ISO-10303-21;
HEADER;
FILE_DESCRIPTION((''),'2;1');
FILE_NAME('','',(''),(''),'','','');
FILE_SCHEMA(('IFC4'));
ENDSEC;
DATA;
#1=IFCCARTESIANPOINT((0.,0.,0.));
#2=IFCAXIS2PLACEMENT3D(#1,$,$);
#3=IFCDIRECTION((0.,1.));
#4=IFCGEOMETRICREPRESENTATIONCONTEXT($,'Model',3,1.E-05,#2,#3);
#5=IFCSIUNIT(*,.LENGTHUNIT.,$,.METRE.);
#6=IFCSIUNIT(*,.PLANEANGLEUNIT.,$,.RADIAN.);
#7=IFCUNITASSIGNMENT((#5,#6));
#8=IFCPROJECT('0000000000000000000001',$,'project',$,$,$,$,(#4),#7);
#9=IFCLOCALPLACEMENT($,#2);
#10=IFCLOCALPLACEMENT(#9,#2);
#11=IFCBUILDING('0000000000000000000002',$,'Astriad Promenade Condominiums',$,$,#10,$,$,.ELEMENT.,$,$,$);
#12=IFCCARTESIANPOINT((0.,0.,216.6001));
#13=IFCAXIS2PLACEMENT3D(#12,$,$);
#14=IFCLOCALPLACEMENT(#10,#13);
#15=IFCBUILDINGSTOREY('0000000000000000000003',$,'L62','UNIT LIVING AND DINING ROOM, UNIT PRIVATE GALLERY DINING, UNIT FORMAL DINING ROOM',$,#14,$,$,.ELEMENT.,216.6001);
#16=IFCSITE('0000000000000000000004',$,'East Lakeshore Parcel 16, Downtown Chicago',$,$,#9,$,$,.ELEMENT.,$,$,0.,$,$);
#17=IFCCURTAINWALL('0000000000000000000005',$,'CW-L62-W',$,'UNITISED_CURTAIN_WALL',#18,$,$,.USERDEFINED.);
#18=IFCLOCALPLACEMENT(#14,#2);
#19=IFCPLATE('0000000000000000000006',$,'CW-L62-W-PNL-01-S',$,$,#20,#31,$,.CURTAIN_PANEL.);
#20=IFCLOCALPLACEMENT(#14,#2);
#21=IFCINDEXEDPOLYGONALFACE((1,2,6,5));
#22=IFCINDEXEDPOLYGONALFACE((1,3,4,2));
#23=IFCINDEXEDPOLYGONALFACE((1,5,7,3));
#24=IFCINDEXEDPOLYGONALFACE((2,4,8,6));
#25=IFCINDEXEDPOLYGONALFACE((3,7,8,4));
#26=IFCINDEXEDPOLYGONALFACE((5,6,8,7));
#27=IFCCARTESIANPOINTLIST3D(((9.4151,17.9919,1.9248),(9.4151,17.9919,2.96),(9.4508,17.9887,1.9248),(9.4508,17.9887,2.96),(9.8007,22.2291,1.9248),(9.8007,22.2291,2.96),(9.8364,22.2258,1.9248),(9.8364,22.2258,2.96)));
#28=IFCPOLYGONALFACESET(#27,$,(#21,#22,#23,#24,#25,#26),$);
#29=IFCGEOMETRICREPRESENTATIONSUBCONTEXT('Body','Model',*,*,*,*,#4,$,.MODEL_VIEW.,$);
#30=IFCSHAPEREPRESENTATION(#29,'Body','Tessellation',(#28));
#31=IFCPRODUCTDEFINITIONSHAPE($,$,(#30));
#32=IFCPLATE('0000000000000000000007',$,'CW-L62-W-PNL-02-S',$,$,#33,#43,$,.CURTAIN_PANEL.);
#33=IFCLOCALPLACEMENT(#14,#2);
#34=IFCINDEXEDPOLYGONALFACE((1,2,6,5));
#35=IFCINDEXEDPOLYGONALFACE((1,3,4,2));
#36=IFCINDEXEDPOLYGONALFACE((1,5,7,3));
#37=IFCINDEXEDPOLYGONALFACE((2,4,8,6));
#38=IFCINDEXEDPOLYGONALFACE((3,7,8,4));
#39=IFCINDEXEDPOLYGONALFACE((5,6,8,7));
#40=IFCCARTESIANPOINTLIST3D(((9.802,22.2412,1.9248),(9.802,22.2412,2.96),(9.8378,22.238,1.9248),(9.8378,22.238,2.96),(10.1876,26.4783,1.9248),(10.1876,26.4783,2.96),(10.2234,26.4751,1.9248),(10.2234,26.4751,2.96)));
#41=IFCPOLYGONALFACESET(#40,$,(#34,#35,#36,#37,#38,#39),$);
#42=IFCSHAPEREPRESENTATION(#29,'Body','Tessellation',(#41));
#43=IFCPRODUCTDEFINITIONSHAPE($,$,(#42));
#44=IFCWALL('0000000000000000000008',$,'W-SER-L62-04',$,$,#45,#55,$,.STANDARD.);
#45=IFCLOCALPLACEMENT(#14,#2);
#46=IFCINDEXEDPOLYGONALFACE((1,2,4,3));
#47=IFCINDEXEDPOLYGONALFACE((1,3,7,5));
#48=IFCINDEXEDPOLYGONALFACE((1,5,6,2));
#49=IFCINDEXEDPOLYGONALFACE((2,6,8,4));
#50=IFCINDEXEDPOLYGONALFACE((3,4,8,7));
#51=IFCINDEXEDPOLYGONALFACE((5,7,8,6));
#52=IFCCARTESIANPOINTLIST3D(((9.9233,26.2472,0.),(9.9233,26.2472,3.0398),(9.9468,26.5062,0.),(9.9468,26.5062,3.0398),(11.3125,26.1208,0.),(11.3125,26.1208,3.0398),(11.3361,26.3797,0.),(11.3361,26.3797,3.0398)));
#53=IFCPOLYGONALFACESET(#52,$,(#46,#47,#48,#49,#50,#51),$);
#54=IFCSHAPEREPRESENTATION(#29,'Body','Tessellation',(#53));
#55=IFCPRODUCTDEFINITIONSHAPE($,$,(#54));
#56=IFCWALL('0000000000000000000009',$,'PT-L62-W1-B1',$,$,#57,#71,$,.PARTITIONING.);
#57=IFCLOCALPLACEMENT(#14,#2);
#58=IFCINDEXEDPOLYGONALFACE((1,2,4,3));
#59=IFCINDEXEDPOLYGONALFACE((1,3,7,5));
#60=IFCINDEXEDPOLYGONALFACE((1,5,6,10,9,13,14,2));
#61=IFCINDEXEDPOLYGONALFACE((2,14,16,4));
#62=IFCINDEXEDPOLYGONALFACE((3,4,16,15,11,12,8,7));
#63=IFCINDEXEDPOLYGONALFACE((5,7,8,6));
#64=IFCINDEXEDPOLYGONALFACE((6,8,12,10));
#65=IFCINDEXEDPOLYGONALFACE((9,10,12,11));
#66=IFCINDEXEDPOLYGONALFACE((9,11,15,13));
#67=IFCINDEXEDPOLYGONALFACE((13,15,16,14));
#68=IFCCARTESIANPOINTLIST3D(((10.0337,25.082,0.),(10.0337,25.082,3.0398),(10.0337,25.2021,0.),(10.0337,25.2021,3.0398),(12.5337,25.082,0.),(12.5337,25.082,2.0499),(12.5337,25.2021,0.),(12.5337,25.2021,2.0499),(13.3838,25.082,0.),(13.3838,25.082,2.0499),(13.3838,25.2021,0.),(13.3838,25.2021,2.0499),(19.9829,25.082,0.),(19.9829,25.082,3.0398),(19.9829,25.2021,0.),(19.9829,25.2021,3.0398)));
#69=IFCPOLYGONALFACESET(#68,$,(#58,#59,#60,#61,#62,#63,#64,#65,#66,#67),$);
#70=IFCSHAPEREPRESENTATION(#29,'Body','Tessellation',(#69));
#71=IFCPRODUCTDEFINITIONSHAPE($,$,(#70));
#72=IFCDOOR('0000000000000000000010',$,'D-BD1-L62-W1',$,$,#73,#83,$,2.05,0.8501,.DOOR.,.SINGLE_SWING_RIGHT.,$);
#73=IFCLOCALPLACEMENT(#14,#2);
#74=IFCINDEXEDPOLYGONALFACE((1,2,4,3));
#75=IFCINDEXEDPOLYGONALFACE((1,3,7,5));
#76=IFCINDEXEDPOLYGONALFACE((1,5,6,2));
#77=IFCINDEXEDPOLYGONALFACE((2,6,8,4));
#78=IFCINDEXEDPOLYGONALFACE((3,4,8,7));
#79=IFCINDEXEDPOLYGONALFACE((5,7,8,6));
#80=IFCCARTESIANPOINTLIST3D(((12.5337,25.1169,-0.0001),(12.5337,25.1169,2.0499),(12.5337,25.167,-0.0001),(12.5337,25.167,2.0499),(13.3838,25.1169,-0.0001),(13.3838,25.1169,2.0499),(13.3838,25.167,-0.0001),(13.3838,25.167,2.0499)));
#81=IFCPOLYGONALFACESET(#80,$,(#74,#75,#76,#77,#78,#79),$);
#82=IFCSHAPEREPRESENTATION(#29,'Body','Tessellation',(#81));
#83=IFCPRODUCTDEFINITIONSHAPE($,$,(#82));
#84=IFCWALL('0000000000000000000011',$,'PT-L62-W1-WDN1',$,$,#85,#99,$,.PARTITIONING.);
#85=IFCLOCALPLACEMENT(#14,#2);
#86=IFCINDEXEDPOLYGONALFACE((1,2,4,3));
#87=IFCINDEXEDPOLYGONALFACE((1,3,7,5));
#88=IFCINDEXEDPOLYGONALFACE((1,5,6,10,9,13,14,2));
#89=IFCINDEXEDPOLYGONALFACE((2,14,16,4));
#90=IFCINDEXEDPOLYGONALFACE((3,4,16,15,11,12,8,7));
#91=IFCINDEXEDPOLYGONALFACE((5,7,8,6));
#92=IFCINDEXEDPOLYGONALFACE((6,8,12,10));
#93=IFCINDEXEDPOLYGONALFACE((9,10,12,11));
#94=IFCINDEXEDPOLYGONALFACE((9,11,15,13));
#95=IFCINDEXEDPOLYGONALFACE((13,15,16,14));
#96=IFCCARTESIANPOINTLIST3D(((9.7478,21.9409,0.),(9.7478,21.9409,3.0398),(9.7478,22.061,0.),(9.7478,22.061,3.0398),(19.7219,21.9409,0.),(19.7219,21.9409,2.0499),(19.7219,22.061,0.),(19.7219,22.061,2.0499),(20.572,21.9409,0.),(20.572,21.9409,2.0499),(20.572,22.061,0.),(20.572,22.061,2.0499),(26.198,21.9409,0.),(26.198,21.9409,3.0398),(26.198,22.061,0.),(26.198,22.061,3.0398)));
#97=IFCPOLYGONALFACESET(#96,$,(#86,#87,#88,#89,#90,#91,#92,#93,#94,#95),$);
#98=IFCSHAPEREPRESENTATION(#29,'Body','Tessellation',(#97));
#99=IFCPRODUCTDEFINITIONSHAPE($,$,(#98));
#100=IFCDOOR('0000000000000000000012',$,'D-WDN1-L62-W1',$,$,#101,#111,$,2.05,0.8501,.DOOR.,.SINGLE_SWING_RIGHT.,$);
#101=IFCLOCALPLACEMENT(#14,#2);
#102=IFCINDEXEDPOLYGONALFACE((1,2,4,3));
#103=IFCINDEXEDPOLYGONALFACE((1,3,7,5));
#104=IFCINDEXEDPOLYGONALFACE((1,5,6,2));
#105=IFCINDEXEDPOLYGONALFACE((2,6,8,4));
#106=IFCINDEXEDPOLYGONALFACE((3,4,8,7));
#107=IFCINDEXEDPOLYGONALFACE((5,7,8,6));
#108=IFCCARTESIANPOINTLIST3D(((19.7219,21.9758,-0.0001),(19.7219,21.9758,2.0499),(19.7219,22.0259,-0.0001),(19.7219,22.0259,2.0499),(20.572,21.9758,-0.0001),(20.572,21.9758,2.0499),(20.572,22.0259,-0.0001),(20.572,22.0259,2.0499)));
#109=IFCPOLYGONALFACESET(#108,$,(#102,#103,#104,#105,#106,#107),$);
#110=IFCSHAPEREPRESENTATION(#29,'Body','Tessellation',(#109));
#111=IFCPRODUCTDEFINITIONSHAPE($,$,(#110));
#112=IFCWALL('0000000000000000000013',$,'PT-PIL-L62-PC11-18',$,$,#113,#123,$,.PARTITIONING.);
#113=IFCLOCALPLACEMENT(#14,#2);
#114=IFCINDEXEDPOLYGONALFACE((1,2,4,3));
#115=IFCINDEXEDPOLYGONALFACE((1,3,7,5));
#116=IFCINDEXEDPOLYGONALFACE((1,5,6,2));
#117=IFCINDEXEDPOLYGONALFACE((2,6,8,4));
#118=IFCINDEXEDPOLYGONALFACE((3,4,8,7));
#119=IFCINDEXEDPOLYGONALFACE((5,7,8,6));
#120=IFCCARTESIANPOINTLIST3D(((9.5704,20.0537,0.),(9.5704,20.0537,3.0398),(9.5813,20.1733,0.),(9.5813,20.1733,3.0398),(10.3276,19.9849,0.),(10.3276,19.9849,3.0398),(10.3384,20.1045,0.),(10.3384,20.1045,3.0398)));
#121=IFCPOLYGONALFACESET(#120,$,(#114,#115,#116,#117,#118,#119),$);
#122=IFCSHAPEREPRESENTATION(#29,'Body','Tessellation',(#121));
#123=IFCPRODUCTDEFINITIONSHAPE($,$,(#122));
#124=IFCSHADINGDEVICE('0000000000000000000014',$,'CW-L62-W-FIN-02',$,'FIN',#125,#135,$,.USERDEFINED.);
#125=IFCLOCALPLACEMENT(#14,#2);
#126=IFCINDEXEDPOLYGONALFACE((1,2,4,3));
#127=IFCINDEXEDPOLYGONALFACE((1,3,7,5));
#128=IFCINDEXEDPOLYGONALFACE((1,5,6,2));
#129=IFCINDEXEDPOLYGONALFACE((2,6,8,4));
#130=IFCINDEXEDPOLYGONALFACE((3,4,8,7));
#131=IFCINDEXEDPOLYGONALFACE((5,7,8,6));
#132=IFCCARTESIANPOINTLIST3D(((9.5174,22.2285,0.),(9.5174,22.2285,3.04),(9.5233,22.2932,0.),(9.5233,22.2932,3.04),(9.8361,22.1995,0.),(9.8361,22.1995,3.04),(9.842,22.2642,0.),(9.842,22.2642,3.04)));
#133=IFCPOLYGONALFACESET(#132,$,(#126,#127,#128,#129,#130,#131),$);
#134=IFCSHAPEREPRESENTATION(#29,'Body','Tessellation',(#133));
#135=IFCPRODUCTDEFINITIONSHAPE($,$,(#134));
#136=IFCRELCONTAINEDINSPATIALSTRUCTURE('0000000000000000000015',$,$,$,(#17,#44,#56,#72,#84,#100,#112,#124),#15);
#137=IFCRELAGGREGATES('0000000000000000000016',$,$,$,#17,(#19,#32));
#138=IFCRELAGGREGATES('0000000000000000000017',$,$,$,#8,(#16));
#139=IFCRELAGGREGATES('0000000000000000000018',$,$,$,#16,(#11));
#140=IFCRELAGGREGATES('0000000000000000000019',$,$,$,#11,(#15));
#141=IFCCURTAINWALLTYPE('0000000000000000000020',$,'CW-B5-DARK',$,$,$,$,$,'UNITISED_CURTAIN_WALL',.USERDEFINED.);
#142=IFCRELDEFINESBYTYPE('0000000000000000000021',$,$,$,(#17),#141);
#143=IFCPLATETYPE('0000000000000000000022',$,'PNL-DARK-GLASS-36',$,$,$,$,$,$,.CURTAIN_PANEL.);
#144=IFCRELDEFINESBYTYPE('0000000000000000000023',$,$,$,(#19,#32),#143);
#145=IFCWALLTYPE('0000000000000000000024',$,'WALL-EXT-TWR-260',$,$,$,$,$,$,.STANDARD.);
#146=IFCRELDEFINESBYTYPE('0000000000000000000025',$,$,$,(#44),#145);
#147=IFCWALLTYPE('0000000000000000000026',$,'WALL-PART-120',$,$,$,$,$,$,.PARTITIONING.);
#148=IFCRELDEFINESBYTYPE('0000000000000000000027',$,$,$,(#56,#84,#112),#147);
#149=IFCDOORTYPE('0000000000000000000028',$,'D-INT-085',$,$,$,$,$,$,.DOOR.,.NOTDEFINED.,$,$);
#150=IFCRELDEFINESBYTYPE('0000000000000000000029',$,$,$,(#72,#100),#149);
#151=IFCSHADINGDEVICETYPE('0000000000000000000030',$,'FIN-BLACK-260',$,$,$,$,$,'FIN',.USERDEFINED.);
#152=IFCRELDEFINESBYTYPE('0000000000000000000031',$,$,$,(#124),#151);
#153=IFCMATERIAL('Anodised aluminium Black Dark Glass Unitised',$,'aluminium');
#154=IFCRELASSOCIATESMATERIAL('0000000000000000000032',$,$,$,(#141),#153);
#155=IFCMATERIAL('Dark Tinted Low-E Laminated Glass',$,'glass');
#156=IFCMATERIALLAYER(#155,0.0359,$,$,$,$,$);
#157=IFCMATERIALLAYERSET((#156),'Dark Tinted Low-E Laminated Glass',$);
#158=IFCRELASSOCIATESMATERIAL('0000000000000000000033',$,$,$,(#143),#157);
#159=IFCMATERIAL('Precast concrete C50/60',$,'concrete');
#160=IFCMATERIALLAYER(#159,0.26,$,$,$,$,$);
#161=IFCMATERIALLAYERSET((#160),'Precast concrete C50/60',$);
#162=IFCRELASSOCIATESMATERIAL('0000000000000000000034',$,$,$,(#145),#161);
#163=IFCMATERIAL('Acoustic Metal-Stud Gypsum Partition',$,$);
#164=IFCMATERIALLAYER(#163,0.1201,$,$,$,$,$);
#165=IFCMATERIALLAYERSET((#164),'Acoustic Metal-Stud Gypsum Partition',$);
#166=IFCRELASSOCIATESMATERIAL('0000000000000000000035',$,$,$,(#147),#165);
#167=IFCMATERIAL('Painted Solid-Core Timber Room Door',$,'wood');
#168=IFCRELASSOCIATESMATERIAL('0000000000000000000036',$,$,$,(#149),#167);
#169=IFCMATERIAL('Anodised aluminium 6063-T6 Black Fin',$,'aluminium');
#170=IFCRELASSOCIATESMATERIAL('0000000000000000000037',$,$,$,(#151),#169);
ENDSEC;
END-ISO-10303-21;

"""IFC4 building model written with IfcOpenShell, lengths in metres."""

from ifc_helpers import new_model, si_unit, direction, frame, frame_2d, origin, origin_2d, place, context, subcontext, project, spatial, rectangle, extrude, source, transform, mapped, material, layer, layer_set, type_object, type_shapes, element, fill, aggregate, save


model = new_model("IFC4")

# Units and contexts
model_context = context("Model", 3, precision=1e-05, world=origin(), true_north=direction((0.0, 1.0)))
body_context = subcontext(model_context, "Body", "Model", "MODEL_VIEW")
ifc_project = project(units=[si_unit("LENGTHUNIT", "METRE"), si_unit("PLANEANGLEUNIT", "RADIAN")], contexts=[model_context])

# Site, building, storey
site_placement = place(None, origin())
site = spatial("IfcSite", under=ifc_project, at=site_placement, Name="East Lakeshore Parcel 16, Downtown Chicago", CompositionType="ELEMENT", RefElevation=0.0)
building_placement = place(site_placement, origin())
building = spatial("IfcBuilding", under=site, at=building_placement, Name="Astriad Promenade Condominiums", CompositionType="ELEMENT")
storey_placement = place(building_placement, frame((0.0, 0.0, 216.6001)))
storey = spatial("IfcBuildingStorey", under=building, at=storey_placement, Name="L62", Description="UNIT LIVING AND DINING ROOM, UNIT PRIVATE GALLERY DINING, UNIT FORMAL DINING ROOM", CompositionType="ELEMENT", Elevation=216.6001)

# Curtain wall, plates
ifc_material_1 = material(Name="Anodised aluminium Black Dark Glass Unitised", Category="aluminium")
curtain_wall_type = type_object("IfcCurtainWallType", Name="CW-B5-DARK", ElementType="UNITISED_CURTAIN_WALL", PredefinedType="USERDEFINED", material=ifc_material_1)
curtain_wall_placement = place(storey_placement, origin())
curtain_wall = element("IfcCurtainWall", 1, at=curtain_wall_placement, inside=storey, type_object=curtain_wall_type, Name="CW-L62-W", ObjectType="UNITISED_CURTAIN_WALL", PredefinedType="USERDEFINED")
ifc_material_2 = material(Name="Dark Tinted Low-E Laminated Glass", Category="glass")
ifc_layer_1 = layer(ifc_material_2, 0.0359)
ifc_layer_set_1 = layer_set([ifc_layer_1], Name="Dark Tinted Low-E Laminated Glass")
plate_type = type_object("IfcPlateType", Name="PNL-DARK-GLASS-36", PredefinedType="CURTAIN_PANEL", material=ifc_layer_set_1)
shared_shape_1 = source(origin(), body_context, "Body", "SweptSolid", [
    extrude(rectangle(XDim=4.2546, YDim=0.0359, at=origin_2d()), origin(), (0.0, 0.0, 1.0), 1.0352),
])
plate_1_placement = place(storey_placement, frame((9.6257, 20.1089, 1.9248), z_axis=(0.0, 0.0, 1.0), x_axis=(0.090633, 0.995884, 0.0)))
plate_1 = element("IfcPlate", 2, at=plate_1_placement, type_object=plate_type, Name="CW-L62-W-PNL-01-S", PredefinedType="CURTAIN_PANEL", context=body_context, shape_type="MappedRepresentation", body=[
    mapped(shared_shape_1, transform((0.0, 0.0, 0.0), scale=1.0)),
])
plate_2_placement = place(storey_placement, frame((10.0127, 24.3582, 1.9248), z_axis=(0.0, 0.0, 1.0), x_axis=(0.090633, 0.995884, 0.0)))
plate_2 = element("IfcPlate", 3, at=plate_2_placement, type_object=plate_type, Name="CW-L62-W-PNL-02-S", PredefinedType="CURTAIN_PANEL", context=body_context, shape_type="MappedRepresentation", body=[
    mapped(shared_shape_1, transform((0.0, 0.0, 0.0), scale=1.0)),
])
aggregate(curtain_wall, [plate_1, plate_2])

# Wall
ifc_material_3 = material(Name="Precast concrete C50/60", Category="concrete")
ifc_layer_2 = layer(ifc_material_3, 0.26)
ifc_layer_set_2 = layer_set([ifc_layer_2], Name="Precast concrete C50/60")
wall_type_1 = type_object("IfcWallType", Name="WALL-EXT-TWR-260", PredefinedType="STANDARD", material=ifc_layer_set_2)
wall_1_placement = place(storey_placement, frame((9.9351, 26.3767, 0.0), z_axis=(0.0, 0.0, 1.0), x_axis=(0.995882, -0.090662, 0.0)))
element("IfcWall", 4, at=wall_1_placement, inside=storey, type_object=wall_type_1, Name="W-SER-L62-04", PredefinedType="STANDARD", context=body_context, shape_type="SweptSolid", body=[
    extrude(rectangle(XDim=1.395, YDim=0.26, at=frame_2d((0.6975, 0.0))), origin(), (0.0, 0.0, 1.0), 3.0398),
])

# Walls, openings, doors
ifc_material_4 = material(Name="Acoustic Metal-Stud Gypsum Partition")
ifc_layer_3 = layer(ifc_material_4, 0.1201)
ifc_layer_set_3 = layer_set([ifc_layer_3], Name="Acoustic Metal-Stud Gypsum Partition")
wall_type_2 = type_object("IfcWallType", Name="WALL-PART-120", PredefinedType="PARTITIONING", material=ifc_layer_set_3)
wall_2_placement = place(storey_placement, frame((10.0337, 25.1421, 0.0), z_axis=(0.0, 0.0, 1.0), x_axis=(1.0, 0.0, 0.0)))
wall_2 = element("IfcWall", 5, at=wall_2_placement, inside=storey, type_object=wall_type_2, Name="PT-L62-W1-B1", PredefinedType="PARTITIONING", context=body_context, shape_type="SweptSolid", body=[
    extrude(rectangle(XDim=9.9492, YDim=0.1201, at=frame_2d((4.9746, 0.0))), origin(), (0.0, 0.0, 1.0), 3.0398),
])
opening_1_placement = place(wall_2_placement, frame((2.5, 0.0, 0.0)))
opening_1 = element("IfcOpeningElement", 6, at=opening_1_placement, cuts=wall_2, PredefinedType="OPENING", context=body_context, shape_type="SweptSolid", body=[
    extrude(rectangle(XDim=0.8501, YDim=2.05, at=frame_2d((0.425, 1.0249))), frame((0.0, 0.0701, 0.0), z_axis=(0.0, -1.0, 0.0), x_axis=(1.0, 0.0, 0.0)), (0.0, 0.0, 1.0), 0.1401),
])
ifc_material_5 = material(Name="Painted Solid-Core Timber Room Door", Category="wood")
door_type = type_object("IfcDoorType", Name="D-INT-085", OperationType="NOTDEFINED", PredefinedType="DOOR", material=ifc_material_5)
shared_shape_2 = source(origin(), body_context, "Body", "SweptSolid", [
    extrude(rectangle(XDim=0.8501, YDim=2.05, at=frame_2d((0.425, 1.0249))), frame((0.0, 0.0249, 0.0), z_axis=(0.0, -1.0, 0.0), x_axis=(1.0, 0.0, 0.0)), (0.0, 0.0, 1.0), 0.05),
])
type_shapes(door_type, [shared_shape_2])
door_1_placement = place(opening_1_placement, origin())
door_1 = element("IfcDoor", 7, at=door_1_placement, inside=storey, type_object=door_type, Name="D-BD1-L62-W1", OperationType="SINGLE_SWING_RIGHT", OverallHeight=2.05, OverallWidth=0.8501, PredefinedType="DOOR", context=body_context, shape_type="MappedRepresentation", body=[
    mapped(shared_shape_2, transform((0.0, 0.0, 0.0), scale=1.0)),
])
fill(opening_1, door_1)
wall_3_placement = place(storey_placement, frame((9.7478, 22.001, 0.0), z_axis=(0.0, 0.0, 1.0), x_axis=(1.0, 0.0, 0.0)))
wall_3 = element("IfcWall", 8, at=wall_3_placement, inside=storey, type_object=wall_type_2, Name="PT-L62-W1-WDN1", PredefinedType="PARTITIONING", context=body_context, shape_type="SweptSolid", body=[
    extrude(rectangle(XDim=16.4502, YDim=0.1201, at=frame_2d((8.2251, 0.0))), origin(), (0.0, 0.0, 1.0), 3.0398),
])
opening_2_placement = place(wall_3_placement, frame((9.9741, 0.0, 0.0)))
opening_2 = element("IfcOpeningElement", 9, at=opening_2_placement, cuts=wall_3, PredefinedType="OPENING", context=body_context, shape_type="SweptSolid", body=[
    extrude(rectangle(XDim=0.8501, YDim=2.05, at=frame_2d((0.425, 1.0249))), frame((0.0, 0.0701, 0.0), z_axis=(0.0, -1.0, 0.0), x_axis=(1.0, 0.0, 0.0)), (0.0, 0.0, 1.0), 0.1401),
])
door_2_placement = place(opening_2_placement, origin())
door_2 = element("IfcDoor", 10, at=door_2_placement, inside=storey, type_object=door_type, Name="D-WDN1-L62-W1", OperationType="SINGLE_SWING_RIGHT", OverallHeight=2.05, OverallWidth=0.8501, PredefinedType="DOOR", context=body_context, shape_type="MappedRepresentation", body=[
    mapped(shared_shape_2, transform((0.0, 0.0, 0.0), scale=1.0)),
])
fill(opening_2, door_2)

# Wall
wall_4_placement = place(storey_placement, frame((10.333, 20.0447, 0.0), z_axis=(0.0, 0.0, 1.0), x_axis=(-0.995891, 0.090565, 0.0)))
element("IfcWall", 11, at=wall_4_placement, inside=storey, type_object=wall_type_2, Name="PT-PIL-L62-PC11-18", PredefinedType="PARTITIONING", context=body_context, shape_type="SweptSolid", body=[
    extrude(rectangle(XDim=0.7603, YDim=0.1201, at=frame_2d((0.3801, 0.0))), origin(), (0.0, 0.0, 1.0), 3.0398),
])

# Shading device
ifc_material_6 = material(Name="Anodised aluminium 6063-T6 Black Fin", Category="aluminium")
shading_device_type = type_object("IfcShadingDeviceType", Name="FIN-BLACK-260", ElementType="FIN", PredefinedType="USERDEFINED", material=ifc_material_6)
shared_shape_3 = source(origin(), body_context, "Body", "SweptSolid", [
    extrude(rectangle(XDim=0.0649, YDim=0.3201, at=origin_2d()), origin(), (0.0, 0.0, 1.0), 3.04),
])
type_shapes(shading_device_type, [shared_shape_3])
shading_device_placement = place(storey_placement, frame((9.6797, 22.2463, 0.0), z_axis=(0.0, 0.0, 1.0), x_axis=(0.090633, 0.995884, 0.0)))
element("IfcShadingDevice", 12, at=shading_device_placement, inside=storey, type_object=shading_device_type, Name="CW-L62-W-FIN-02", ObjectType="FIN", PredefinedType="USERDEFINED", context=body_context, shape_type="MappedRepresentation", body=[
    mapped(shared_shape_3, transform((0.0, 0.0, 0.0), scale=1.0)),
])

save(model, "model.ifc")
